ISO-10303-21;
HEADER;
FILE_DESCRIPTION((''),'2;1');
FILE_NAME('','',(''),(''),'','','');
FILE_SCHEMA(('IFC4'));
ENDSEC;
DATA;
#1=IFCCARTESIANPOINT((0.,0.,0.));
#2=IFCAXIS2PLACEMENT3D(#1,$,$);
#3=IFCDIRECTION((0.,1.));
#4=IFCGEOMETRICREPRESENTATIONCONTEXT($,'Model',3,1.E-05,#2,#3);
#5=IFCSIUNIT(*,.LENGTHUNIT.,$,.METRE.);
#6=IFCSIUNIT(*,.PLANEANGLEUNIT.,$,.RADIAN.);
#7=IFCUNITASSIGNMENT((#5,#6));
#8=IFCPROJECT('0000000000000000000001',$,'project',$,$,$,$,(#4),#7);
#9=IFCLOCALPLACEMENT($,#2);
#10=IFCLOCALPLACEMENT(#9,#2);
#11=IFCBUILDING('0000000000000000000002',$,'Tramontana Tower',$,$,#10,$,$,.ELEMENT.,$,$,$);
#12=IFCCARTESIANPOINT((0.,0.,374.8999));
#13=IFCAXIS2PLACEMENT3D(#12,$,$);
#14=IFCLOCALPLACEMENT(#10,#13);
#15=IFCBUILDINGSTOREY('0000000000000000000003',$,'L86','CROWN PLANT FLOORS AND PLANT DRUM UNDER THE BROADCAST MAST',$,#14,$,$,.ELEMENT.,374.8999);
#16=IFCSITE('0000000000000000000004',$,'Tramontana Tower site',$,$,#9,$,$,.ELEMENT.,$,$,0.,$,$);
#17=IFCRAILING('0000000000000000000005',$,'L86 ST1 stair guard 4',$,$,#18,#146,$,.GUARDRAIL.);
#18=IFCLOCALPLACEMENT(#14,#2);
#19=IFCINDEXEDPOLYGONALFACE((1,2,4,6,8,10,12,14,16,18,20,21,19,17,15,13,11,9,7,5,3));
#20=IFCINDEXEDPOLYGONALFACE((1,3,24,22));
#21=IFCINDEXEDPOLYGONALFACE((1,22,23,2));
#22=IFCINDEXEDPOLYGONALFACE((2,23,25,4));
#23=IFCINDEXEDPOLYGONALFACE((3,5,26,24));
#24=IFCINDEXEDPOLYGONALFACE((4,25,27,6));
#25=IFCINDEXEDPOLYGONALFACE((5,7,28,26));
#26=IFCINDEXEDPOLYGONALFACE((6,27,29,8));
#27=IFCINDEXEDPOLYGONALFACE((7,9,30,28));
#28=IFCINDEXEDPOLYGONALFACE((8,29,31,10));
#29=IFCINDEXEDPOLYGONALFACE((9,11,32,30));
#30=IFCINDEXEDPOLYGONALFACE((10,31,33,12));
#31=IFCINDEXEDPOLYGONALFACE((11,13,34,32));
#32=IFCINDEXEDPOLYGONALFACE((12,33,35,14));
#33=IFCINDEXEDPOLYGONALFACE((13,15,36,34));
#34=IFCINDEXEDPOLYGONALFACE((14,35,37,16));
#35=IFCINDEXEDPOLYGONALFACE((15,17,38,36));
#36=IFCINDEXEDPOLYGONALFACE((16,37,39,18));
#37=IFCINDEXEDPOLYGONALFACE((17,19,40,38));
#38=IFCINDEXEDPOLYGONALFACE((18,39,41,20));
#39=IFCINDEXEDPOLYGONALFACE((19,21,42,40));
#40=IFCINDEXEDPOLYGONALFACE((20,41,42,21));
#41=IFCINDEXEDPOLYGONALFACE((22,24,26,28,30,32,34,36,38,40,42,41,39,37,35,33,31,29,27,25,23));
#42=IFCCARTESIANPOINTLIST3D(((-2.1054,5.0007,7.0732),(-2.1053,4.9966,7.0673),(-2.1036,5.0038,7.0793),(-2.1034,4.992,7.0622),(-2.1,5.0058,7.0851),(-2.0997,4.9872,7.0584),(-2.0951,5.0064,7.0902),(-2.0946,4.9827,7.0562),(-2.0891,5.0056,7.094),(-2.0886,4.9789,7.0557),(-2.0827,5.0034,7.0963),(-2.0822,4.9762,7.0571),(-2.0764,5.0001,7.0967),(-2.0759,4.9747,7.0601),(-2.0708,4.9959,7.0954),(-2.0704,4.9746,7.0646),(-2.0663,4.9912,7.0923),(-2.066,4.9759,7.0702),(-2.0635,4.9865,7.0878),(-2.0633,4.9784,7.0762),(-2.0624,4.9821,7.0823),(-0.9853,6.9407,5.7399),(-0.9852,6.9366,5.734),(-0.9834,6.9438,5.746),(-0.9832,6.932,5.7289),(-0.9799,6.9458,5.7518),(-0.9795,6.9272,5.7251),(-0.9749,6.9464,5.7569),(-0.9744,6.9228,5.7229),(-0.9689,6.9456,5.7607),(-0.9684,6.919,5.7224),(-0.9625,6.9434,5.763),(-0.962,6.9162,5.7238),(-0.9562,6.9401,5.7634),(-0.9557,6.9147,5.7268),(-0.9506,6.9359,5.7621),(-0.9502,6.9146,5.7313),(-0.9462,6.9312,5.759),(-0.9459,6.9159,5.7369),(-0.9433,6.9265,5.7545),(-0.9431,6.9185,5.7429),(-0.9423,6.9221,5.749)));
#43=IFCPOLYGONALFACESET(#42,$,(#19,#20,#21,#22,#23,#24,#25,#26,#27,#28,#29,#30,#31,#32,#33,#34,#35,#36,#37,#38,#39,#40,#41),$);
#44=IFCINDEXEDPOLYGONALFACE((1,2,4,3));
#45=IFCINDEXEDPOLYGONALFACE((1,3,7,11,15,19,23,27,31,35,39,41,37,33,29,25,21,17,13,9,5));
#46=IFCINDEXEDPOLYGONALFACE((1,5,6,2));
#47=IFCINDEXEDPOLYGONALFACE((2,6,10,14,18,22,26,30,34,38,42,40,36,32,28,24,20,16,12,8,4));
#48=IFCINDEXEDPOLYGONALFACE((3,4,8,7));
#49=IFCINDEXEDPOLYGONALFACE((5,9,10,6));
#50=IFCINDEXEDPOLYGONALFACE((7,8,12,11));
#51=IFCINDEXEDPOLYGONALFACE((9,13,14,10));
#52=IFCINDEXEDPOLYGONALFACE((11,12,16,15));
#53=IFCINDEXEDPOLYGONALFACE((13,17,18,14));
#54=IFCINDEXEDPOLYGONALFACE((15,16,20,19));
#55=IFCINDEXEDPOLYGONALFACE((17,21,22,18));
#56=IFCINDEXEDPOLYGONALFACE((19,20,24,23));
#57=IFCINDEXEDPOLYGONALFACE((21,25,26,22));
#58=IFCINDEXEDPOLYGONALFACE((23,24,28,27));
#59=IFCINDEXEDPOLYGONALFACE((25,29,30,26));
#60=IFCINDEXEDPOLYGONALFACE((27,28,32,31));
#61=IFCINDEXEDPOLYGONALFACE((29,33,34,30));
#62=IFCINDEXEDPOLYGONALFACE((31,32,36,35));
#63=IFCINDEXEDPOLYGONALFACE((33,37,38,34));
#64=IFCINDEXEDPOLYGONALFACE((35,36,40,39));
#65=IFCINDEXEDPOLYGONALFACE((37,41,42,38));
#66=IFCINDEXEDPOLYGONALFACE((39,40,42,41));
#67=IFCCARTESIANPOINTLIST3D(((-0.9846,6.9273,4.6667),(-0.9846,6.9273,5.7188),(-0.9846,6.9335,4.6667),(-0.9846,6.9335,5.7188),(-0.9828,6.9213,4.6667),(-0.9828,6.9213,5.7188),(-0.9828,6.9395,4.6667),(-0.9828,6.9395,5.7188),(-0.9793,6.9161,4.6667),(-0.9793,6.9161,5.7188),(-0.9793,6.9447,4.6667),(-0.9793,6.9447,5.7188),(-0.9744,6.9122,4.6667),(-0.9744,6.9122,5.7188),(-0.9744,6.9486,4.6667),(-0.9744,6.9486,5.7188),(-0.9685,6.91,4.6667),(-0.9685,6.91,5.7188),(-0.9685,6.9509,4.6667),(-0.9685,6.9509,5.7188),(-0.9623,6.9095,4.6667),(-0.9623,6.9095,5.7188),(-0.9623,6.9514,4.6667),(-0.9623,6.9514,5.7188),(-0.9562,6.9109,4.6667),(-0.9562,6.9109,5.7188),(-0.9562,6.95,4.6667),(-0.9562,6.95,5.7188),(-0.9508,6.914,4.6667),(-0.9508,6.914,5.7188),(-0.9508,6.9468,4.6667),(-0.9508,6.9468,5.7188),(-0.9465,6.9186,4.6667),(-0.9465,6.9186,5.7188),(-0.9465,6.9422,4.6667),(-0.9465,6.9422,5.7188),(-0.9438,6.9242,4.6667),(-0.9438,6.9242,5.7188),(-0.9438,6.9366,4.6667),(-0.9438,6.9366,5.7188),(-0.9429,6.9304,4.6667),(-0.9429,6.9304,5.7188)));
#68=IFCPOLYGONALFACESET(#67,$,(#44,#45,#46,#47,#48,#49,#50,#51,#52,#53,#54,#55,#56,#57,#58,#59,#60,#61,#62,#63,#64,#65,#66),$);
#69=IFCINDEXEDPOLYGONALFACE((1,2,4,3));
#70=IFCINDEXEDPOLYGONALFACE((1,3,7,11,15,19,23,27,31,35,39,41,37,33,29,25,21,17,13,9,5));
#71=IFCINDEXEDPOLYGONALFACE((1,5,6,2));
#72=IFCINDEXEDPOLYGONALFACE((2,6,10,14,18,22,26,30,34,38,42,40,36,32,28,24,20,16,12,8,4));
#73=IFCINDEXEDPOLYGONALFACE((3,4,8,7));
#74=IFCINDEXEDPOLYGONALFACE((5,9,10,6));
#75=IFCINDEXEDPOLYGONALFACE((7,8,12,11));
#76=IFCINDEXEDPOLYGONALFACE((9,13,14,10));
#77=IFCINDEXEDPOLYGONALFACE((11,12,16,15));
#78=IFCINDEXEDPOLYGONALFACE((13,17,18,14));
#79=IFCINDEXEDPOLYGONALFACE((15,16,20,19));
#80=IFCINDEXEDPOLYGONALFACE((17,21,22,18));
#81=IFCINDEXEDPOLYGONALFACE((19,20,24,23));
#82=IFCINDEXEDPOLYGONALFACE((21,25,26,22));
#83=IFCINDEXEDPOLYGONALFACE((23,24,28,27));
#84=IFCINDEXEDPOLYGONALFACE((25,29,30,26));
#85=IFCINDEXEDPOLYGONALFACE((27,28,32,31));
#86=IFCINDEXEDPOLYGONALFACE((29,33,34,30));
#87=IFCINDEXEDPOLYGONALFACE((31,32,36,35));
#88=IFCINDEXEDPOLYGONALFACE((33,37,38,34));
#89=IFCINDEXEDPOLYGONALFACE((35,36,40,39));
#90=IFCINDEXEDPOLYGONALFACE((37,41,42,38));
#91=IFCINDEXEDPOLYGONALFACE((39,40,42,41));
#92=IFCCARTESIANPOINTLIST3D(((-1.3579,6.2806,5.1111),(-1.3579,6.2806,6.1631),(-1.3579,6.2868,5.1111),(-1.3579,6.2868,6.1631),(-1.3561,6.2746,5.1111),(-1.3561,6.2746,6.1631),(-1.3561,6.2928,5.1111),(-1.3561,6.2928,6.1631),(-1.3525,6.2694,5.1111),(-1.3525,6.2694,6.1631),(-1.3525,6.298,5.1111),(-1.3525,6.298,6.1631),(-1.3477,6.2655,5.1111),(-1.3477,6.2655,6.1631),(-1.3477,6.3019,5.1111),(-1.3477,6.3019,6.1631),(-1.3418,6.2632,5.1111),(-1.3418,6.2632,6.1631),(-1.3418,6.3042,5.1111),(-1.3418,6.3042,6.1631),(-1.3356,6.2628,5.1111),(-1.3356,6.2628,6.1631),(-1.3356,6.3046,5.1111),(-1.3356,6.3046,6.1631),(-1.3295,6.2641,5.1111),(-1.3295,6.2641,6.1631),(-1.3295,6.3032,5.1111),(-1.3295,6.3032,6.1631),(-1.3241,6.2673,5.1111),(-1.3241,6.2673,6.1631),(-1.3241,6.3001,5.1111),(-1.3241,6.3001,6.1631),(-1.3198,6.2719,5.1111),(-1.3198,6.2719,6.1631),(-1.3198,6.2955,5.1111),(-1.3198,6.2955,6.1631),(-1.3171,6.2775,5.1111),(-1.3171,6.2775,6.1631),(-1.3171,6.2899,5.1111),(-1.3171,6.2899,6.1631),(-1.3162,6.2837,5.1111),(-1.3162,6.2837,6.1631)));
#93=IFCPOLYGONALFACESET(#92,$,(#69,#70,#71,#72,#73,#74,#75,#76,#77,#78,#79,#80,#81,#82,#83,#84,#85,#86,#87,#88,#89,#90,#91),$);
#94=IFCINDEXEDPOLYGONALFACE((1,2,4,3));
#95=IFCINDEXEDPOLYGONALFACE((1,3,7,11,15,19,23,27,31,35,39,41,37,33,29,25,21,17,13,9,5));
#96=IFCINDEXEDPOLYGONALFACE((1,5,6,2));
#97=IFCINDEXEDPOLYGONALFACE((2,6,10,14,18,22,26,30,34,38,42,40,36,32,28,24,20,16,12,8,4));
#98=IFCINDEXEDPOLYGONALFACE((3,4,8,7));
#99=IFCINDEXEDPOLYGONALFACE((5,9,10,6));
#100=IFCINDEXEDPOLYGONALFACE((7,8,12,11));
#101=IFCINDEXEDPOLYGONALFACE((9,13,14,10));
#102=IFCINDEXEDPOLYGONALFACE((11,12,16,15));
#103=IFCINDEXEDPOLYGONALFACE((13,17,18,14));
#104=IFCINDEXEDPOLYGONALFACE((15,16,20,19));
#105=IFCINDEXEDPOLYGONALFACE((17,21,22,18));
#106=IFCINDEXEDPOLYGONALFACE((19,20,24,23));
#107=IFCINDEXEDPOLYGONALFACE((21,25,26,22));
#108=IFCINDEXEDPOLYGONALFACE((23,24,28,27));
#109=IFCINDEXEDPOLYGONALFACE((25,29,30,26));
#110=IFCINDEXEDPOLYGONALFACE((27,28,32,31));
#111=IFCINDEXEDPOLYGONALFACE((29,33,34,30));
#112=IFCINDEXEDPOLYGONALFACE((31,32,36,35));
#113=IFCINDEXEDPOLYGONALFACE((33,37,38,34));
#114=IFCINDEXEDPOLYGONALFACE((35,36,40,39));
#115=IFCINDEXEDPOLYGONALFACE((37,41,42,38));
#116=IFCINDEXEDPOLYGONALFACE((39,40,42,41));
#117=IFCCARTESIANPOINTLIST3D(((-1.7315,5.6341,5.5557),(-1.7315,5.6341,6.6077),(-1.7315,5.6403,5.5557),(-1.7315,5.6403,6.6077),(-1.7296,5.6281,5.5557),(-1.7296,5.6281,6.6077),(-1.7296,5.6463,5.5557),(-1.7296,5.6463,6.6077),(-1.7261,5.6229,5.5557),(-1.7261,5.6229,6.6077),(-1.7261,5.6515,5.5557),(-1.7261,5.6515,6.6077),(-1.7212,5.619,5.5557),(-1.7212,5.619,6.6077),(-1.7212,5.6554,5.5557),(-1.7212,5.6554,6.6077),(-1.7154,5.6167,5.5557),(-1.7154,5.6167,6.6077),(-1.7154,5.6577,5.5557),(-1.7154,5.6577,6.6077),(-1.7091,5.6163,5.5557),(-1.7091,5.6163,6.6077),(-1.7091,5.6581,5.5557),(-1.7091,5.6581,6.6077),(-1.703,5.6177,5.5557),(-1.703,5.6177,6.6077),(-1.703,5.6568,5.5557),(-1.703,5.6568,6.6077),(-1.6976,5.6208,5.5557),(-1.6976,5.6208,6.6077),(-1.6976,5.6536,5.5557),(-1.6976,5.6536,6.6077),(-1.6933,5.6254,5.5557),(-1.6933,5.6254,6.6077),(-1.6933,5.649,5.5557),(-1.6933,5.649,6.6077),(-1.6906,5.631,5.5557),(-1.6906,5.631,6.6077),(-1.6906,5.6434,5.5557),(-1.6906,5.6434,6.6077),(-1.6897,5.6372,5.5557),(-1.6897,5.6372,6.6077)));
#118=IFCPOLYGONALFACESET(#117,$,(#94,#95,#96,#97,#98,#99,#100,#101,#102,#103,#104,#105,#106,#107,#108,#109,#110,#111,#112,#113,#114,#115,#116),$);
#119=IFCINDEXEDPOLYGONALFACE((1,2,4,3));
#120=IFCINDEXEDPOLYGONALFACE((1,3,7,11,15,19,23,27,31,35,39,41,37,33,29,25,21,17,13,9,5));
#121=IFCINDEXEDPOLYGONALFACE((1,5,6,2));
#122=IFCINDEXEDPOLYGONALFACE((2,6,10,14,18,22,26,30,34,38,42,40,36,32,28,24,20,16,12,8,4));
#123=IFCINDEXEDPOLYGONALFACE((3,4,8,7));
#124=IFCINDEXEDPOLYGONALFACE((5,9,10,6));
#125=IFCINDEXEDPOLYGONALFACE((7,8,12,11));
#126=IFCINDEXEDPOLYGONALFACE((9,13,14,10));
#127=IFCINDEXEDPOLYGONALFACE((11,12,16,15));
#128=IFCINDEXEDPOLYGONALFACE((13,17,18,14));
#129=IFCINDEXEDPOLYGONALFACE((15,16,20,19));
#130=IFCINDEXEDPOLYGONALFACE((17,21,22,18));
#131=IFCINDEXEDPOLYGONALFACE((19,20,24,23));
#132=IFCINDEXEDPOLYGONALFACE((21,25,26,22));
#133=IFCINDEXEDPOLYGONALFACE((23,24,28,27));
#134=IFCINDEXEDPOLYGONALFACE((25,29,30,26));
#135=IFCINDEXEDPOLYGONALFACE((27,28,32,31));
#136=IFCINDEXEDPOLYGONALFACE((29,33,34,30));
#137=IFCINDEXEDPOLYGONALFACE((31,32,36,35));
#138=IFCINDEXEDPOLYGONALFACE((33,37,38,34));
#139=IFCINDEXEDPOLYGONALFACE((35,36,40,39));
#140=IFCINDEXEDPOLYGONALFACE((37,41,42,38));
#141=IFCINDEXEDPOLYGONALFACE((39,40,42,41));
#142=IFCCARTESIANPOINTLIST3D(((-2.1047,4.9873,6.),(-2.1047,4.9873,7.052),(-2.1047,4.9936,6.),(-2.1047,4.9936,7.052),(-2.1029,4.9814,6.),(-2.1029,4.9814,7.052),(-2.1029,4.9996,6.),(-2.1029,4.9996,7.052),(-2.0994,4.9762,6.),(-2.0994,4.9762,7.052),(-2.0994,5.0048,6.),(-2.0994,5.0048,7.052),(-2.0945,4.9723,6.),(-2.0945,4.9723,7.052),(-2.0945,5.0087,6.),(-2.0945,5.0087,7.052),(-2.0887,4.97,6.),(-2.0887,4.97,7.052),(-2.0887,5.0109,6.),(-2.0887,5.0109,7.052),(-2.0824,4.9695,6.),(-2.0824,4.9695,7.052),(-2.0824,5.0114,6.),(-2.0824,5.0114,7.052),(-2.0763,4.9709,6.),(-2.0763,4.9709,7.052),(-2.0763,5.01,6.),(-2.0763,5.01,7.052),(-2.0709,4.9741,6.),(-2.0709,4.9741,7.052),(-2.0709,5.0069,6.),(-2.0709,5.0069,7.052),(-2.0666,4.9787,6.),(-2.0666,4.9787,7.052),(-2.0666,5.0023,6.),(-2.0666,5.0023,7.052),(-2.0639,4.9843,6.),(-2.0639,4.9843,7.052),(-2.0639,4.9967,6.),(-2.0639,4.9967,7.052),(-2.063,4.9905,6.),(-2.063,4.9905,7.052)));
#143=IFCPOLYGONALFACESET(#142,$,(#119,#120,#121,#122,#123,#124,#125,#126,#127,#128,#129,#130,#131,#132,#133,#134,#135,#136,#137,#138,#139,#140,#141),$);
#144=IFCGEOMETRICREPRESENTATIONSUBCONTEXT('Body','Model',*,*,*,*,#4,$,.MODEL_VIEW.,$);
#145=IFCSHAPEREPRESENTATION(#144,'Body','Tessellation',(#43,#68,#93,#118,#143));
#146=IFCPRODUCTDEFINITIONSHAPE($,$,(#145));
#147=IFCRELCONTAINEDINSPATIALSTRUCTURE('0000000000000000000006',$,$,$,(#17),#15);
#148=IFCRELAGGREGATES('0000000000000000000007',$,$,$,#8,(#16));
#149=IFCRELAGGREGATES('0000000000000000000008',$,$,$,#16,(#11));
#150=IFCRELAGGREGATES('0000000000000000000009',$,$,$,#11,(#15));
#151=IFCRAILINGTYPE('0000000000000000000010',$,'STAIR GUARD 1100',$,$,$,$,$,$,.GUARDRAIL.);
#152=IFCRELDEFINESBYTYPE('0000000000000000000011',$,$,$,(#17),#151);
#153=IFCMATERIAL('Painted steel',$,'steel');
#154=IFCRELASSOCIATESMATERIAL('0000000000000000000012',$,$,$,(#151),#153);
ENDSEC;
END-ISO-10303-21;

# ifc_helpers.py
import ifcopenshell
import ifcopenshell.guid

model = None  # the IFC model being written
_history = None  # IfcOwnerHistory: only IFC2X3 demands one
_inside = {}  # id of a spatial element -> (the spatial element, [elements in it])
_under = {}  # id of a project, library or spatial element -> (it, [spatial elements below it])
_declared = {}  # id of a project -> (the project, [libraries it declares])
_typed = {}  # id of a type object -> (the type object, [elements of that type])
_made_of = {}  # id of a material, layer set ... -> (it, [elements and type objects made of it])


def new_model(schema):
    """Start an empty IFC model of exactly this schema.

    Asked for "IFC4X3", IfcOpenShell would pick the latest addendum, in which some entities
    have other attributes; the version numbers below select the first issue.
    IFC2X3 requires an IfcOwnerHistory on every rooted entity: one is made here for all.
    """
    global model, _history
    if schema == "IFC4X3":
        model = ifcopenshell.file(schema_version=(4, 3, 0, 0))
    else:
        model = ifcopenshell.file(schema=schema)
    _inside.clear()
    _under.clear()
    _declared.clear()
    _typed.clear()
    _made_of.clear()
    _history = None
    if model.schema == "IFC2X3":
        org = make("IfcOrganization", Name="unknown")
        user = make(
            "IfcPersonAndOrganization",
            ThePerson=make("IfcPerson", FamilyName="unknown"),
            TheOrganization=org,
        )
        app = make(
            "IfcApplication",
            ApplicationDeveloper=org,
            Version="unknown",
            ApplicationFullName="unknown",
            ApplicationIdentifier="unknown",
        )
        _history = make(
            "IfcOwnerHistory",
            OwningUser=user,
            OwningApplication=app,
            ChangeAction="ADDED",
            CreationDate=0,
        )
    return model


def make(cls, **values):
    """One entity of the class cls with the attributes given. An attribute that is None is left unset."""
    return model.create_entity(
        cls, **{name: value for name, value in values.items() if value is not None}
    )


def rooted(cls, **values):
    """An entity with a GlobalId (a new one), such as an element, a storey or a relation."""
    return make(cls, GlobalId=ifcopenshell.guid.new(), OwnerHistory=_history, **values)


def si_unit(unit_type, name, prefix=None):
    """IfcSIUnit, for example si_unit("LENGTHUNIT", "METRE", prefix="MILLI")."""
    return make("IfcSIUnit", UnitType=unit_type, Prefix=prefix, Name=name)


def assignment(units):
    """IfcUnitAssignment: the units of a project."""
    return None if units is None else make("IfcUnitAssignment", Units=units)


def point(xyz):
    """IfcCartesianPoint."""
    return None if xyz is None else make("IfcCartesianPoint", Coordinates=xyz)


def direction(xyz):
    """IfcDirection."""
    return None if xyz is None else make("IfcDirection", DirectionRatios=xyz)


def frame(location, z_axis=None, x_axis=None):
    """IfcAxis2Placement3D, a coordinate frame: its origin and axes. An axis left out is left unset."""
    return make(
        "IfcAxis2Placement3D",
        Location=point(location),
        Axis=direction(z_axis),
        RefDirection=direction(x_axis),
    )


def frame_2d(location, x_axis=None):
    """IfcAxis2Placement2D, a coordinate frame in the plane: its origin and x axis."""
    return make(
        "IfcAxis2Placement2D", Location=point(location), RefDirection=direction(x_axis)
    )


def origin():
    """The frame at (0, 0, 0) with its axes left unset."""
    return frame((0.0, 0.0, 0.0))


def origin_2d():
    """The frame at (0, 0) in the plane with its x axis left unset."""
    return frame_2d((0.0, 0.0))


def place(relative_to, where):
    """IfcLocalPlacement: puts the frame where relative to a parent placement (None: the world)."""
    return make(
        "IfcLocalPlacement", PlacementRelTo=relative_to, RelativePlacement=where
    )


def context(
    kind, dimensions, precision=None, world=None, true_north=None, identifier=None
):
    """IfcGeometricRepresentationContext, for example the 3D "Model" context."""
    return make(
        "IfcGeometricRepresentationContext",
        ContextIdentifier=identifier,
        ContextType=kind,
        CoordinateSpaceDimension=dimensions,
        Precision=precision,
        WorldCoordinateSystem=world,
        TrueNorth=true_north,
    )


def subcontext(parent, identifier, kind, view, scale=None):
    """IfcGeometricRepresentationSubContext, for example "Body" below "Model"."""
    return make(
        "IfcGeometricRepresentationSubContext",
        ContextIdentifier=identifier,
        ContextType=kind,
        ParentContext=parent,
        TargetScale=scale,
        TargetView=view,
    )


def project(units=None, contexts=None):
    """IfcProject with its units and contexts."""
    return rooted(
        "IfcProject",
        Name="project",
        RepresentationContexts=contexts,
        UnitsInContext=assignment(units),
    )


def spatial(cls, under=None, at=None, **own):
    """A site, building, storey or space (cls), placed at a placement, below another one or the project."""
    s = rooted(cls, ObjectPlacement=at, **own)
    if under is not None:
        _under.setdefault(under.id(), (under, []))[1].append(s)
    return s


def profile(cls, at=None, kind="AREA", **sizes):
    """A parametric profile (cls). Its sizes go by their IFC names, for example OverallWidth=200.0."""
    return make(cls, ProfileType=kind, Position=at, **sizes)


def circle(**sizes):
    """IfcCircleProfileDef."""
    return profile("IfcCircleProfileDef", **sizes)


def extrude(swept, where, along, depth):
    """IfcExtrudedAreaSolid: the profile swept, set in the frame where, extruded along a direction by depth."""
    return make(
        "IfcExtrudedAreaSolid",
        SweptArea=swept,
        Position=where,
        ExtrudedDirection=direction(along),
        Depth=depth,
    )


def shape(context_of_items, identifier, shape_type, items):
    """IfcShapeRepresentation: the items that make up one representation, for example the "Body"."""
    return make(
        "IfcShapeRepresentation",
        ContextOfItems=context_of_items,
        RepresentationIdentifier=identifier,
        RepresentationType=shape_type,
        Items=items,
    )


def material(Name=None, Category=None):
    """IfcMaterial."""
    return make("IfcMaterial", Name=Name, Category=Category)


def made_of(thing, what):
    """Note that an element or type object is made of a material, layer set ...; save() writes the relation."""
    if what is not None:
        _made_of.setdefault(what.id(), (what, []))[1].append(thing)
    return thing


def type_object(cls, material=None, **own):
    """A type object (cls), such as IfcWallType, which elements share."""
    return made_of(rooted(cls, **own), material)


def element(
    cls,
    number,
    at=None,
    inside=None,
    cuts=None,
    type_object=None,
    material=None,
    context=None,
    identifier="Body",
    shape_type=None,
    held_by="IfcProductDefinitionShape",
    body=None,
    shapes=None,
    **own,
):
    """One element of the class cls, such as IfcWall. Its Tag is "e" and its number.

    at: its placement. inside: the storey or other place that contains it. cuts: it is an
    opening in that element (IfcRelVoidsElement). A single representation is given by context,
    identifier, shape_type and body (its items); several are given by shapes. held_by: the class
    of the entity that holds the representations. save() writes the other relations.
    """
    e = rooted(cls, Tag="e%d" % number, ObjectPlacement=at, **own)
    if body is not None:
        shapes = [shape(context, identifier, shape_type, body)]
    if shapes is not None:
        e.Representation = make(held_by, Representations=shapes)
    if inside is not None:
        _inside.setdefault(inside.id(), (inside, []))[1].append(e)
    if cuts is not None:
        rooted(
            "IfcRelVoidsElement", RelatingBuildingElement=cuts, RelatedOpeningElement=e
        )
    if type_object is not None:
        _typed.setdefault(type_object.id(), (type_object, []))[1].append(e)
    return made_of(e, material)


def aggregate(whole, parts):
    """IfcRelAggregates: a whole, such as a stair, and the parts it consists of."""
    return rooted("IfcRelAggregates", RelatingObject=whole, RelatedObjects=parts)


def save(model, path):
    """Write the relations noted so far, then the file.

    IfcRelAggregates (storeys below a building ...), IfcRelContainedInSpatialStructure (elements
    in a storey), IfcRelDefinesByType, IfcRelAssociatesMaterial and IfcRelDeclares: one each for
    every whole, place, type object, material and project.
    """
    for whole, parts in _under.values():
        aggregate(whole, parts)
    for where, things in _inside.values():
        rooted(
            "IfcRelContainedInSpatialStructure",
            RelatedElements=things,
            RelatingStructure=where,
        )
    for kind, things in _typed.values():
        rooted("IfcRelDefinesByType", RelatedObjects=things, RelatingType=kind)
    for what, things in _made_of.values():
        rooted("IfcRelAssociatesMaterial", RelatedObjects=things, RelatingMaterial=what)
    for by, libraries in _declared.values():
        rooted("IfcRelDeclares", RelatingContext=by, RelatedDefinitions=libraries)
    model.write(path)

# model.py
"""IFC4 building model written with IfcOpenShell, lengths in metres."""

from ifc_helpers import new_model, si_unit, direction, frame, origin, origin_2d, place, context, subcontext, project, spatial, circle, extrude, material, type_object, element, save


model = new_model("IFC4")

# Units and contexts
model_context = context("Model", 3, precision=1e-05, world=origin(), true_north=direction((0.0, 1.0)))
body_context = subcontext(model_context, "Body", "Model", "MODEL_VIEW")
ifc_project = project(units=[si_unit("LENGTHUNIT", "METRE"), si_unit("PLANEANGLEUNIT", "RADIAN")], contexts=[model_context])

# Site, building, storey
site_placement = place(None, origin())
site = spatial("IfcSite", under=ifc_project, at=site_placement, Name="Tramontana Tower site", CompositionType="ELEMENT", RefElevation=0.0)
building_placement = place(site_placement, origin())
building = spatial("IfcBuilding", under=site, at=building_placement, Name="Tramontana Tower", CompositionType="ELEMENT")
storey_placement = place(building_placement, frame((0.0, 0.0, 374.8999)))
storey = spatial("IfcBuildingStorey", under=building, at=storey_placement, Name="L86", Description="CROWN PLANT FLOORS AND PLANT DRUM UNDER THE BROADCAST MAST", CompositionType="ELEMENT", Elevation=374.8999)

# Railing
ifc_material_1 = material(Name="Painted steel", Category="steel")
railing_type_1 = type_object("IfcRailingType", Name="STAIR GUARD 1100", PredefinedType="GUARDRAIL", material=ifc_material_1)
railing_1_placement = place(storey_placement, frame((-0.9639, 6.9304, 4.6667)))
element("IfcRailing", 1, at=railing_1_placement, inside=storey, type_object=railing_type_1, Name="L86 ST1 stair guard 4", PredefinedType="GUARDRAIL", context=body_context, shape_type="SweptSolid", body=[
    extrude(circle(Radius=0.0239, at=origin_2d()), frame((0.0, 0.0, 1.0762), z_axis=(-0.429684, -0.744175, 0.511444), x_axis=(0.866008, -0.500031, 0.0)), (0.0, 0.0, 1.0), 2.6069),
    extrude(circle(Radius=0.021, at=origin_2d()), origin(), (0.0, 0.0, 1.0), 1.052),
    extrude(circle(Radius=0.021, at=origin_2d()), frame((-0.3733, -0.6467, 0.4443)), (0.0, 0.0, 1.0), 1.052),
    extrude(circle(Radius=0.021, at=origin_2d()), frame((-0.7468, -1.2932, 0.8889)), (0.0, 0.0, 1.0), 1.052),
    extrude(circle(Radius=0.021, at=origin_2d()), frame((-1.1201, -1.9399, 1.3333)), (0.0, 0.0, 1.0), 1.052),
])

save(model, "model.ifc")
